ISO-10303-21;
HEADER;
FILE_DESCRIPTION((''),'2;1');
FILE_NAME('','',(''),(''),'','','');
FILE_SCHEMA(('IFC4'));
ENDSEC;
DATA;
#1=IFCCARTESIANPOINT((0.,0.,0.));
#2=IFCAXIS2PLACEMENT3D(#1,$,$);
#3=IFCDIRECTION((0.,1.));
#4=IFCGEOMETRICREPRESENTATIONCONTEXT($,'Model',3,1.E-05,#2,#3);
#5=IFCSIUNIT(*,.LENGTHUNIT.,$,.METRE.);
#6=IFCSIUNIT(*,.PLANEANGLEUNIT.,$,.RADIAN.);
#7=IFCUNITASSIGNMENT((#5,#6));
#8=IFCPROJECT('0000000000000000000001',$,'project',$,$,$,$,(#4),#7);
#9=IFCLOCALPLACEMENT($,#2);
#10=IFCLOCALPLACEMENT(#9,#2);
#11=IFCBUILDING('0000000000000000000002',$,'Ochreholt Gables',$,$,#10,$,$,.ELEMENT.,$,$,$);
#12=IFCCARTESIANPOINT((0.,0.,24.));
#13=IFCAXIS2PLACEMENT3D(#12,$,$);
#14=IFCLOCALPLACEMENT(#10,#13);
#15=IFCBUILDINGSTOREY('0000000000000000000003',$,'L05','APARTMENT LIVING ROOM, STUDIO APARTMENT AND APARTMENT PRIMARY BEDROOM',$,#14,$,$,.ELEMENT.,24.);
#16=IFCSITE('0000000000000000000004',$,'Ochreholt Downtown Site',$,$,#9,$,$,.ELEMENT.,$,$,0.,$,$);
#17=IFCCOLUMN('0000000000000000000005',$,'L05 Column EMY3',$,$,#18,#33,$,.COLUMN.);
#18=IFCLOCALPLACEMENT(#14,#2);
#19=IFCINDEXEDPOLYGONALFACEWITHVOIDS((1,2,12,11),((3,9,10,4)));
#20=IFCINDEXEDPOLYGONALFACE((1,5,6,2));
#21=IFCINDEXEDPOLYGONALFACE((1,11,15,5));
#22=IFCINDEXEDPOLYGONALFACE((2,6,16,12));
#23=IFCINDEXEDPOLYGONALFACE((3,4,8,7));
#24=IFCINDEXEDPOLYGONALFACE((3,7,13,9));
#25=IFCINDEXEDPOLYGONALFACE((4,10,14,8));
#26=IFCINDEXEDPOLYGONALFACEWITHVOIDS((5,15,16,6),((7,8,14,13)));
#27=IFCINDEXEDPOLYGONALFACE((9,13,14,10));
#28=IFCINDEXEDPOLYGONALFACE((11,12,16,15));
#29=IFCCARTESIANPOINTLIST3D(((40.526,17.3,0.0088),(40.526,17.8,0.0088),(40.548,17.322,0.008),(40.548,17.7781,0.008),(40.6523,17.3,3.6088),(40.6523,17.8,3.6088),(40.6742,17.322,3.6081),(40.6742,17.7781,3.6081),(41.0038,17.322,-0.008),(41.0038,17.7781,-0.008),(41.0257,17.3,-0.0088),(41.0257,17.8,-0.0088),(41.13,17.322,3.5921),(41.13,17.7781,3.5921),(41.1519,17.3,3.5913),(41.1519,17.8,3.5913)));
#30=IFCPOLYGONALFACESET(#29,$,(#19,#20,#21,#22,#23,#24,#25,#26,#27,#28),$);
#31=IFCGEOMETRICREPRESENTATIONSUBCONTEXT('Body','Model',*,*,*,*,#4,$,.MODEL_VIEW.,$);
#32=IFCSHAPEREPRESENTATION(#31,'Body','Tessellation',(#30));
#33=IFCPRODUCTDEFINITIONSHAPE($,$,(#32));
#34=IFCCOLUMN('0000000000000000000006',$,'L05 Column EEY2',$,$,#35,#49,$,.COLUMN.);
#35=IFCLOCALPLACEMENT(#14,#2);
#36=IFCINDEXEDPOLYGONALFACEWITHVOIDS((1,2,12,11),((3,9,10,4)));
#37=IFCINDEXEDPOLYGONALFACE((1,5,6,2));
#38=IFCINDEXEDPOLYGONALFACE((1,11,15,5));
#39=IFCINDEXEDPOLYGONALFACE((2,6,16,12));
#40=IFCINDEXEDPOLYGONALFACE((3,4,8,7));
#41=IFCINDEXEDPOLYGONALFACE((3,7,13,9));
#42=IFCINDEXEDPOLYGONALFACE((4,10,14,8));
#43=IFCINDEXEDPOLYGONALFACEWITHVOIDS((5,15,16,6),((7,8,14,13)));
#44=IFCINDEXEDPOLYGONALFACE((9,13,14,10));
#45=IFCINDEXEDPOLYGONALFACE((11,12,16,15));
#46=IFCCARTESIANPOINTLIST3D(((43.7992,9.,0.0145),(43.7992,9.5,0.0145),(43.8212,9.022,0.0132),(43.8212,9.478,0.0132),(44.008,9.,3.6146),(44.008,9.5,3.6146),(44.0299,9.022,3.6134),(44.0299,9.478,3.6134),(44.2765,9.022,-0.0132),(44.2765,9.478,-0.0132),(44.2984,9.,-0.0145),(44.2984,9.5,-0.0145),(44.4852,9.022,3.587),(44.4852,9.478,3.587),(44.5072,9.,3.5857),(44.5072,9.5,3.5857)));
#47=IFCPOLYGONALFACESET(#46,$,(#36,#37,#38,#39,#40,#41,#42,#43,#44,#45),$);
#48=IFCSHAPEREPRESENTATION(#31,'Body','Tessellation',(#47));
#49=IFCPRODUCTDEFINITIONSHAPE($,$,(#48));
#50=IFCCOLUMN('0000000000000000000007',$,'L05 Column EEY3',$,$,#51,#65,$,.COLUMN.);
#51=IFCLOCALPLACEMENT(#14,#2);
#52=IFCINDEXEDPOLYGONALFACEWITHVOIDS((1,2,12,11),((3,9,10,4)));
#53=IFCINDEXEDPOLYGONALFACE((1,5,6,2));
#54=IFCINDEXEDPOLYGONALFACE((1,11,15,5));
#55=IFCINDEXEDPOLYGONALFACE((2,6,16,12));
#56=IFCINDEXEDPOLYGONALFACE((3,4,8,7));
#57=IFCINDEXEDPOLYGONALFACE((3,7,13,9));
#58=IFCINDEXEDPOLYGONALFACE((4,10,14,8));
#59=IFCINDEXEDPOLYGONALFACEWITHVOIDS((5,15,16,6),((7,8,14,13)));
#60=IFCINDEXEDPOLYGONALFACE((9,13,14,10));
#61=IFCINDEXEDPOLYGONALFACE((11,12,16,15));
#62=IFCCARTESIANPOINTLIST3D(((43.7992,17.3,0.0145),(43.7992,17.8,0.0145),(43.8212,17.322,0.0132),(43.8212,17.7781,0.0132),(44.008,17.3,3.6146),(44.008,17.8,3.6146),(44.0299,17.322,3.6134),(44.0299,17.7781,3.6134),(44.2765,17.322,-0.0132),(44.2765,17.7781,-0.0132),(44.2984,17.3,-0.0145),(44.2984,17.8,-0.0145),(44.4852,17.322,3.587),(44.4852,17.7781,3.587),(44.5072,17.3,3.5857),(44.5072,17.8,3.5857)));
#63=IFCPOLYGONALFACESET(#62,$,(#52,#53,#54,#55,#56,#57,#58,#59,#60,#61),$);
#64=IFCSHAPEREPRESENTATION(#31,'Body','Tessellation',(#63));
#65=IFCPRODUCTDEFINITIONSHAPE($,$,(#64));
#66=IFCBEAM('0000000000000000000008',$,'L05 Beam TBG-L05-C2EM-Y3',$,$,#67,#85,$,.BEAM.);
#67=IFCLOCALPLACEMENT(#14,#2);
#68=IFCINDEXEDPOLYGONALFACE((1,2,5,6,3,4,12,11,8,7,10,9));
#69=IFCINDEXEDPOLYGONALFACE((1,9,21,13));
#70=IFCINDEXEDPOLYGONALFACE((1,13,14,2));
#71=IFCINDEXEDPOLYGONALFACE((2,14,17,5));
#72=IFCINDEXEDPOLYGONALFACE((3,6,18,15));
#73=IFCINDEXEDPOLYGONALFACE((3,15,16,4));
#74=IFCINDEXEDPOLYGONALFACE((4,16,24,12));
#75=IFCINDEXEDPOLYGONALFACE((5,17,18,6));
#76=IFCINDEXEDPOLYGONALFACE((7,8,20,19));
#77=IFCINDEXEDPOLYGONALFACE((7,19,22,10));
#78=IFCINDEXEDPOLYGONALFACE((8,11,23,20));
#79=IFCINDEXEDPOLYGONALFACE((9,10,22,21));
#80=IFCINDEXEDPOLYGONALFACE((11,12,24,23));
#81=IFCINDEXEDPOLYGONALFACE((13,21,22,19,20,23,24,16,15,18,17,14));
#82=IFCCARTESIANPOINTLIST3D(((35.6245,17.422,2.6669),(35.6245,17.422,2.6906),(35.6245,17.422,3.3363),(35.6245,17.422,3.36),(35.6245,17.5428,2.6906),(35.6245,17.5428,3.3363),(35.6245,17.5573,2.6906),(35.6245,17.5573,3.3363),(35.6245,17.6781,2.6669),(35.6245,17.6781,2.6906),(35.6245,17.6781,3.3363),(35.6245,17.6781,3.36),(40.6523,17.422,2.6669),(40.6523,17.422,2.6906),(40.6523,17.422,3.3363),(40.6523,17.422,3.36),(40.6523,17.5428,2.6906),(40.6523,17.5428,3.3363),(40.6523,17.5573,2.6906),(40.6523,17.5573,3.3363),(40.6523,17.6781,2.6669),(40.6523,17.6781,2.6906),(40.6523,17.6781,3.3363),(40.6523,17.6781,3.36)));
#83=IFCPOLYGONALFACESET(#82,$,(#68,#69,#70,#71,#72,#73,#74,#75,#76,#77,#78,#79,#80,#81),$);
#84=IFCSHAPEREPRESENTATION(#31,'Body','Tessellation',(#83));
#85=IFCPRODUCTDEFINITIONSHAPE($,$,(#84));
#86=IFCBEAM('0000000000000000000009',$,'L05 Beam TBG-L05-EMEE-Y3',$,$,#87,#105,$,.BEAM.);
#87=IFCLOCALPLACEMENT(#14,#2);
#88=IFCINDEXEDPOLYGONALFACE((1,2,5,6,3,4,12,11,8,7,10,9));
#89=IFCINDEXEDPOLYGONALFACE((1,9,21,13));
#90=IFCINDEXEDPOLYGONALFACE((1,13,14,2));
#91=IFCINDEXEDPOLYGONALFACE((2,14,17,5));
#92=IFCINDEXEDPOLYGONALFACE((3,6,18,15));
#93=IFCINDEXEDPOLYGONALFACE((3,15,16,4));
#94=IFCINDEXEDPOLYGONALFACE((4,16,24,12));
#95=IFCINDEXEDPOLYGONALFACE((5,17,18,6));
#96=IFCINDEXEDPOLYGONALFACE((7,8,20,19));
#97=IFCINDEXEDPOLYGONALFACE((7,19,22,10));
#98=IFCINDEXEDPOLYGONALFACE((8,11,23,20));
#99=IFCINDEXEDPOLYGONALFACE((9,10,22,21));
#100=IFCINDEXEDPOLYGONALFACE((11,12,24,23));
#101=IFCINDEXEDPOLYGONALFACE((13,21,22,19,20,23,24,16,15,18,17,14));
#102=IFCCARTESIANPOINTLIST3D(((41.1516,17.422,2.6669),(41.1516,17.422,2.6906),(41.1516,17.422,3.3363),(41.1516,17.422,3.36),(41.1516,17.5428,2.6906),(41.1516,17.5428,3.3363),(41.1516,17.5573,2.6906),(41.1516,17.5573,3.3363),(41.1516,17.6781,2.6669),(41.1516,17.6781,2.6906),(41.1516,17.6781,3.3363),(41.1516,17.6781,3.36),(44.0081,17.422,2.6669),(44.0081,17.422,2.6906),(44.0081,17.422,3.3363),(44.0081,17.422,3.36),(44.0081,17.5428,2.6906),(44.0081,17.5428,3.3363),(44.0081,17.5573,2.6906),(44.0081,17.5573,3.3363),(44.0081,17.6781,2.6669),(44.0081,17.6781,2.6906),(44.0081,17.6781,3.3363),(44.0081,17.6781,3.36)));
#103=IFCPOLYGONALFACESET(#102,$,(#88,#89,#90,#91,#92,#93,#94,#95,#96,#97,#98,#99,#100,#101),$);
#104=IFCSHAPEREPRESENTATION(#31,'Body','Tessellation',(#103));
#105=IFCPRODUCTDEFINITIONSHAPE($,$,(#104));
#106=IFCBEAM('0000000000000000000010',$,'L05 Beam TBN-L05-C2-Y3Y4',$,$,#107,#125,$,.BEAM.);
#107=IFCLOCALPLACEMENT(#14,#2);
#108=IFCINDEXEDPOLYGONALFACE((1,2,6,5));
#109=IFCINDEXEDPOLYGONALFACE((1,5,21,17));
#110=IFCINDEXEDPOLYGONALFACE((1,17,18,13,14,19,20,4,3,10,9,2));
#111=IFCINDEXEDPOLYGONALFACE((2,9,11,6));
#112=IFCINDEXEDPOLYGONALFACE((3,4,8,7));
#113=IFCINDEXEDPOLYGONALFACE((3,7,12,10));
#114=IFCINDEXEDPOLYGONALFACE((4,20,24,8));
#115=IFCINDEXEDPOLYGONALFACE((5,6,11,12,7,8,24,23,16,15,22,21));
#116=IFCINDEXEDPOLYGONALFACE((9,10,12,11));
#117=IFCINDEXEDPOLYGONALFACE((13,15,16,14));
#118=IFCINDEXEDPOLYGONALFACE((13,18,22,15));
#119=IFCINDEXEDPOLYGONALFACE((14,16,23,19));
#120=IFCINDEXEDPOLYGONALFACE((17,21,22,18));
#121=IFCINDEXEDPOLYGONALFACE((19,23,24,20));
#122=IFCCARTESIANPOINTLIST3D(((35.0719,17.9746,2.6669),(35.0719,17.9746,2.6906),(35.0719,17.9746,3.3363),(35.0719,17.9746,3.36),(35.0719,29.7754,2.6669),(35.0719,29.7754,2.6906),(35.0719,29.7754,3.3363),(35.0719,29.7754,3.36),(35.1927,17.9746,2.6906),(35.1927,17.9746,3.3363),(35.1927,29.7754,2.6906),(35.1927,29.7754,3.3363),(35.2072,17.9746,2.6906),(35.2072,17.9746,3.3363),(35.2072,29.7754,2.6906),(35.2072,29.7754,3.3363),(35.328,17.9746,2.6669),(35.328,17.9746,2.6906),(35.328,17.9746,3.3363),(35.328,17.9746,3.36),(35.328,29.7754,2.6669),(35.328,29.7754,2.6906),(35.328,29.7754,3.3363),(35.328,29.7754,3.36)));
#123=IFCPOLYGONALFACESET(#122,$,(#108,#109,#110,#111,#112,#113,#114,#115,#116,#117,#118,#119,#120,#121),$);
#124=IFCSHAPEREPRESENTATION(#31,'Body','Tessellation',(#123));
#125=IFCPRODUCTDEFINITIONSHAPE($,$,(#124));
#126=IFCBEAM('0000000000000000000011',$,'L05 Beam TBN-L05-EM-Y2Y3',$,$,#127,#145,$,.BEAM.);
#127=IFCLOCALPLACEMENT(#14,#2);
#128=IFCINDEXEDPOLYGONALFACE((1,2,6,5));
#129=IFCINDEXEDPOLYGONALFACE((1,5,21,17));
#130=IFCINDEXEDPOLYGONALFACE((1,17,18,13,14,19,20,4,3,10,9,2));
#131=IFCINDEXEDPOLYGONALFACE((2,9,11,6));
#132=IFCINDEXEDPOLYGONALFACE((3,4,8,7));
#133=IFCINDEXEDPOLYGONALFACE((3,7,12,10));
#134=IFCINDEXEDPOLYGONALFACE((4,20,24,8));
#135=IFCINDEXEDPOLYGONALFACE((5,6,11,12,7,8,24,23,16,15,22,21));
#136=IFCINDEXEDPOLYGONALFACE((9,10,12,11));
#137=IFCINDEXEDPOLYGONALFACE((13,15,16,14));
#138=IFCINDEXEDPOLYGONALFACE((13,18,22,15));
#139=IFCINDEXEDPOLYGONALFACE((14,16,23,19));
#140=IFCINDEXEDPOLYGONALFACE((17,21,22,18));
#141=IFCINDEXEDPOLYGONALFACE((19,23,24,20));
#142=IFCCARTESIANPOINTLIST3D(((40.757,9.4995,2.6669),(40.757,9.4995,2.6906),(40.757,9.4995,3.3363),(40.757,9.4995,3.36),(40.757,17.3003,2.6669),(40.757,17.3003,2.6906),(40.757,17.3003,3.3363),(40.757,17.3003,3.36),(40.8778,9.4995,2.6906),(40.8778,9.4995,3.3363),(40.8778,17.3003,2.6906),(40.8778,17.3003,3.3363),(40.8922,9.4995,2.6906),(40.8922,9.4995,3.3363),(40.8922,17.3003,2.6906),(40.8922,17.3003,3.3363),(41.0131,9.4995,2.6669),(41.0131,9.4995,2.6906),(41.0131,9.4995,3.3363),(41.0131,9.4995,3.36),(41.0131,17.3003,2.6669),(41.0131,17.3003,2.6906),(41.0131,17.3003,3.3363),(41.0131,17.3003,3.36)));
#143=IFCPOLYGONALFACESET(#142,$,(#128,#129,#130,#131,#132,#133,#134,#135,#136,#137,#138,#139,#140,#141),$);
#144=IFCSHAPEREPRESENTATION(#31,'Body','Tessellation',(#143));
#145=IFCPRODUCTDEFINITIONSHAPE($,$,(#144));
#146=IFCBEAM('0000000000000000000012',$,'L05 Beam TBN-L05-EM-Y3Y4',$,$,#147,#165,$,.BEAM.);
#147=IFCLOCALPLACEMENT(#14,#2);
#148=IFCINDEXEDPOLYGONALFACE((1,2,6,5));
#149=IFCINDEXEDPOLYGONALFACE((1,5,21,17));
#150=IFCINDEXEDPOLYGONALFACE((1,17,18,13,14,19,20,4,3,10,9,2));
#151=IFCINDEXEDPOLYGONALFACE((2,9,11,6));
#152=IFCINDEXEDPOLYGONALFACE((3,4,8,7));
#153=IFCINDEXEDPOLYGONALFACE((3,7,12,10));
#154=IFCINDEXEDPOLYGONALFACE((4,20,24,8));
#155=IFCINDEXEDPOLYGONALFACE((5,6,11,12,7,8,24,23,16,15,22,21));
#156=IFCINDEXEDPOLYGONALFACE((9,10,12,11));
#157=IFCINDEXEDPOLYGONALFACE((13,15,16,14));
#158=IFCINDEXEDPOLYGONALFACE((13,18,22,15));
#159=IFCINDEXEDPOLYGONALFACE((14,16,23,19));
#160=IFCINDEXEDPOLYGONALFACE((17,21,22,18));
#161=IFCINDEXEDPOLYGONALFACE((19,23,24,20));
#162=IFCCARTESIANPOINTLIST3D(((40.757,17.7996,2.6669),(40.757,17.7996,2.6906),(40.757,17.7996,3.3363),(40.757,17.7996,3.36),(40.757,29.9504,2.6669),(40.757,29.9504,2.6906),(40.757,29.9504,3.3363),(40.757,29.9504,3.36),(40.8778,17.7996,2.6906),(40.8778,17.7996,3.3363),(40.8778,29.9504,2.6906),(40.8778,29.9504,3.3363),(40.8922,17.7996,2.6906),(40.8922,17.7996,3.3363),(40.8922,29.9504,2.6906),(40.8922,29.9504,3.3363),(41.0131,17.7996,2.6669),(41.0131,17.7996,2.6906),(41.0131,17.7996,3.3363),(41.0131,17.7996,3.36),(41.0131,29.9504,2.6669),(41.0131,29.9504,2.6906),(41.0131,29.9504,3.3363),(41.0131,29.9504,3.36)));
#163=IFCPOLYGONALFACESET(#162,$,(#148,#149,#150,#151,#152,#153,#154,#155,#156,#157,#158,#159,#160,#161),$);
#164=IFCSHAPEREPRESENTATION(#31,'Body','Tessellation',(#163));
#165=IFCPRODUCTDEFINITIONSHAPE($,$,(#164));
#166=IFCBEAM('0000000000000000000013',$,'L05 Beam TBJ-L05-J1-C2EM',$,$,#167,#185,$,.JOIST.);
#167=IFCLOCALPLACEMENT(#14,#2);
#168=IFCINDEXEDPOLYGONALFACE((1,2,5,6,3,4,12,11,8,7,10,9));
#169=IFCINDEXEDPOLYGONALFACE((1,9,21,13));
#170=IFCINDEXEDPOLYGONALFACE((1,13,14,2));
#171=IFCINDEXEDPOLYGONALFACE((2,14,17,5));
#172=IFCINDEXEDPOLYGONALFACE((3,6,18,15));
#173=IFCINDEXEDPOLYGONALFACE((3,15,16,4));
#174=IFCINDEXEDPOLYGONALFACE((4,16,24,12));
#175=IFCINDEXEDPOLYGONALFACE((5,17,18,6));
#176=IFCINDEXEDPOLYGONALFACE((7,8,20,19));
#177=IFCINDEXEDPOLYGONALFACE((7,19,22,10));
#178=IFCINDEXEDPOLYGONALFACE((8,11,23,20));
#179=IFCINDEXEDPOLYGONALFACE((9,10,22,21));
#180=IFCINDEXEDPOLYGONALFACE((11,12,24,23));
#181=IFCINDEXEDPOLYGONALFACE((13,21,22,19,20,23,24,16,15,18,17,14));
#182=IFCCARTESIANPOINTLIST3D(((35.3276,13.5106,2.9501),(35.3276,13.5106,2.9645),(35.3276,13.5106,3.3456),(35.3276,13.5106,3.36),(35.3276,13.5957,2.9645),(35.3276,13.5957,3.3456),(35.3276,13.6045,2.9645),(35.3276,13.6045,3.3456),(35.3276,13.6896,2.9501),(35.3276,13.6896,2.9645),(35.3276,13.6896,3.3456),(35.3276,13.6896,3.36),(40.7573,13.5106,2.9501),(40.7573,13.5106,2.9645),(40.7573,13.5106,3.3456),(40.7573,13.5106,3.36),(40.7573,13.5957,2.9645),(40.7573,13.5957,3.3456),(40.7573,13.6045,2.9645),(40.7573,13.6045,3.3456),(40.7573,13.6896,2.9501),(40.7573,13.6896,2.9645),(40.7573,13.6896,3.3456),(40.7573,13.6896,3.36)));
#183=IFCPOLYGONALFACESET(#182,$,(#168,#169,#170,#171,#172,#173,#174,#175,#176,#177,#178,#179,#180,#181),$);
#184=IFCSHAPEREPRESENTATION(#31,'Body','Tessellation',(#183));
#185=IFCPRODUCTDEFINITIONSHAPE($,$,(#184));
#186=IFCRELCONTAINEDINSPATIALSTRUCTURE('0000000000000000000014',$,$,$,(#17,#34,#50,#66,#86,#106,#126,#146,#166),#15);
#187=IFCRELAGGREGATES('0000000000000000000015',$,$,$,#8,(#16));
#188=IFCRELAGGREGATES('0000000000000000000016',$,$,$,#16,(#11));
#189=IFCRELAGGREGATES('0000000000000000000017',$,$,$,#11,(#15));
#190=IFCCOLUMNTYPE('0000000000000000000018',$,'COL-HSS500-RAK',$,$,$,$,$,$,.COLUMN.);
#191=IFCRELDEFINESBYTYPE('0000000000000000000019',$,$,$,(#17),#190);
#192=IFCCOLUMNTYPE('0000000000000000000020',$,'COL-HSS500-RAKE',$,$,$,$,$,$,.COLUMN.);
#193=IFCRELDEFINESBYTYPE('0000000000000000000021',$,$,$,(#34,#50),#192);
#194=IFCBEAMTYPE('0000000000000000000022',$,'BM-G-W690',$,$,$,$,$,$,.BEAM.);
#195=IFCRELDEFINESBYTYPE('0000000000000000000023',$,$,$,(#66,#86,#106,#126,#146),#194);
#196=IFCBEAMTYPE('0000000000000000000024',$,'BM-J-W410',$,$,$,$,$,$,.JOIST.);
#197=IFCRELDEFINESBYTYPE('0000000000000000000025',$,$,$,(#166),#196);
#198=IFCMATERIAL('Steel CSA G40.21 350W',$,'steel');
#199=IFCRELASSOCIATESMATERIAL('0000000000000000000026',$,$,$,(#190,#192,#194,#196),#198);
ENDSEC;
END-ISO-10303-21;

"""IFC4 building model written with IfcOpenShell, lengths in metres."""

from ifc_helpers import new_model, si_unit, direction, frame, origin, origin_2d, place, context, subcontext, project, spatial, hollow_rectangle, i_section, extrude, material, material_profile, profile_set, type_object, element, save


model = new_model("IFC4")

# Units and contexts
model_context = context("Model", 3, precision=1e-05, world=origin(), true_north=direction((0.0, 1.0)))
body_context = subcontext(model_context, "Body", "Model", "MODEL_VIEW")
ifc_project = project(units=[si_unit("LENGTHUNIT", "METRE"), si_unit("PLANEANGLEUNIT", "RADIAN")], contexts=[model_context])

# Site, building, storey
site_placement = place(None, origin())
site = spatial("IfcSite", under=ifc_project, at=site_placement, Name="Ochreholt Downtown Site", CompositionType="ELEMENT", RefElevation=0.0)
building_placement = place(site_placement, origin())
building = spatial("IfcBuilding", under=site, at=building_placement, Name="Ochreholt Gables", CompositionType="ELEMENT")
storey_placement = place(building_placement, frame((0.0, 0.0, 24.0)))
storey = spatial("IfcBuildingStorey", under=building, at=storey_placement, Name="L05", Description="APARTMENT LIVING ROOM, STUDIO APARTMENT AND APARTMENT PRIMARY BEDROOM", CompositionType="ELEMENT", Elevation=24.0)

# Columns
ifc_material_1 = material(Name="Steel CSA G40.21 350W", Category="steel")
ifc_material_profile_1 = material_profile(ifc_material_1, hollow_rectangle(XDim=0.5, YDim=0.5, WallThickness=0.022, at=origin_2d()), Name="HSS500X500X22")
ifc_profile_set_1 = profile_set([ifc_material_profile_1], Name="Steel CSA G40.21 350W")
column_type_1 = type_object("IfcColumnType", Name="COL-HSS500-RAK", PredefinedType="COLUMN", material=ifc_profile_set_1)
column_placement = place(storey_placement, frame((40.7759, 17.55, 0.0), z_axis=(0.035039, 0.0, 0.999386), x_axis=(0.0, 1.0, 0.0)))
element("IfcColumn", 1, at=column_placement, inside=storey, type_object=column_type_1, Name="L05 Column EMY3", PredefinedType="COLUMN", context=body_context, shape_type="SweptSolid", body=[
    extrude(hollow_rectangle(XDim=0.5, YDim=0.5, WallThickness=0.022, at=origin_2d()), origin(), (0.0, 0.0, 1.0), 3.6023),
])
ifc_material_profile_2 = material_profile(ifc_material_1, hollow_rectangle(XDim=0.5, YDim=0.5, WallThickness=0.022, at=origin_2d()), Name="HSS500X500X22")
ifc_profile_set_2 = profile_set([ifc_material_profile_2], Name="Steel CSA G40.21 350W")
column_type_2 = type_object("IfcColumnType", Name="COL-HSS500-RAKE", PredefinedType="COLUMN", material=ifc_profile_set_2)
for number, where, z_axis, x_axis, name in (
    (2, (44.0488, 9.25, 0.0), (0.057885, 0.0, 0.998323), (0.0, 1.0, 0.0), "L05 Column EEY2"),
    (3, (44.0488, 17.55, 0.0), (0.057885, 0.0, 0.998323), (0.0, 1.0, 0.0), "L05 Column EEY3"),
):
    element("IfcColumn", number, at=place(storey_placement, frame(where, z_axis=z_axis, x_axis=x_axis)), inside=storey, type_object=column_type_2, Name=name, PredefinedType="COLUMN", context=body_context, shape_type="SweptSolid", body=[
        extrude(hollow_rectangle(XDim=0.5, YDim=0.5, WallThickness=0.022, at=origin_2d()), origin(), (0.0, 0.0, 1.0), 3.6062),
    ])

# Beams
ifc_material_profile_3 = material_profile(ifc_material_1, i_section(OverallWidth=0.2561, OverallDepth=0.6931, WebThickness=0.0144, FlangeThickness=0.0237, at=origin_2d()), Name="W690X170")
ifc_profile_set_3 = profile_set([ifc_material_profile_3], Name="Steel CSA G40.21 350W")
beam_type_1 = type_object("IfcBeamType", Name="BM-G-W690", PredefinedType="BEAM", material=ifc_profile_set_3)
beam_1_placement = place(storey_placement, frame((35.6245, 17.55, 3.0134), z_axis=(1.0, 0.0, 0.0), x_axis=(0.0, 1.0, 0.0)))
element("IfcBeam", 4, at=beam_1_placement, inside=storey, type_object=beam_type_1, Name="L05 Beam TBG-L05-C2EM-Y3", PredefinedType="BEAM", context=body_context, shape_type="SweptSolid", body=[
    extrude(i_section(OverallWidth=0.2561, OverallDepth=0.6931, WebThickness=0.0144, FlangeThickness=0.0237, at=origin_2d()), origin(), (0.0, 0.0, 1.0), 5.0278),
])
beam_2_placement = place(storey_placement, frame((41.1516, 17.55, 3.0134), z_axis=(1.0, 0.0, 0.0), x_axis=(0.0, 1.0, 0.0)))
element("IfcBeam", 5, at=beam_2_placement, inside=storey, type_object=beam_type_1, Name="L05 Beam TBG-L05-EMEE-Y3", PredefinedType="BEAM", context=body_context, shape_type="SweptSolid", body=[
    extrude(i_section(OverallWidth=0.2561, OverallDepth=0.6931, WebThickness=0.0144, FlangeThickness=0.0237, at=origin_2d()), origin(), (0.0, 0.0, 1.0), 2.8564),
])
beam_3_placement = place(storey_placement, frame((35.2, 17.9746, 3.0134), z_axis=(0.0, 1.0, 0.0), x_axis=(-1.0, 0.0, 0.0)))
element("IfcBeam", 6, at=beam_3_placement, inside=storey, type_object=beam_type_1, Name="L05 Beam TBN-L05-C2-Y3Y4", PredefinedType="BEAM", context=body_context, shape_type="SweptSolid", body=[
    extrude(i_section(OverallWidth=0.2561, OverallDepth=0.6931, WebThickness=0.0144, FlangeThickness=0.0237, at=origin_2d()), origin(), (0.0, 0.0, 1.0), 11.8008),
])
beam_4_placement = place(storey_placement, frame((40.885, 9.4995, 3.0134), z_axis=(0.0, 1.0, 0.0), x_axis=(-1.0, 0.0, 0.0)))
element("IfcBeam", 7, at=beam_4_placement, inside=storey, type_object=beam_type_1, Name="L05 Beam TBN-L05-EM-Y2Y3", PredefinedType="BEAM", context=body_context, shape_type="SweptSolid", body=[
    extrude(i_section(OverallWidth=0.2561, OverallDepth=0.6931, WebThickness=0.0144, FlangeThickness=0.0237, at=origin_2d()), origin(), (0.0, 0.0, 1.0), 7.8008),
])
beam_5_placement = place(storey_placement, frame((40.885, 17.7996, 3.0134), z_axis=(0.0, 1.0, 0.0), x_axis=(-1.0, 0.0, 0.0)))
element("IfcBeam", 8, at=beam_5_placement, inside=storey, type_object=beam_type_1, Name="L05 Beam TBN-L05-EM-Y3Y4", PredefinedType="BEAM", context=body_context, shape_type="SweptSolid", body=[
    extrude(i_section(OverallWidth=0.2561, OverallDepth=0.6931, WebThickness=0.0144, FlangeThickness=0.0237, at=origin_2d()), origin(), (0.0, 0.0, 1.0), 12.1509),
])
ifc_material_profile_4 = material_profile(ifc_material_1, i_section(OverallWidth=0.179, OverallDepth=0.4099, WebThickness=0.0088, FlangeThickness=0.0144, at=origin_2d()), Name="W410X67")
ifc_profile_set_4 = profile_set([ifc_material_profile_4], Name="Steel CSA G40.21 350W")
beam_type_2 = type_object("IfcBeamType", Name="BM-J-W410", PredefinedType="JOIST", material=ifc_profile_set_4)
beam_6_placement = place(storey_placement, frame((35.3276, 13.6001, 3.155), z_axis=(1.0, 0.0, 0.0), x_axis=(0.0, 1.0, 0.0)))
element("IfcBeam", 9, at=beam_6_placement, inside=storey, type_object=beam_type_2, Name="L05 Beam TBJ-L05-J1-C2EM", PredefinedType="JOIST", context=body_context, shape_type="SweptSolid", body=[
    extrude(i_section(OverallWidth=0.179, OverallDepth=0.4099, WebThickness=0.0088, FlangeThickness=0.0144, at=origin_2d()), origin(), (0.0, 0.0, 1.0), 5.4297),
])

save(model, "model.ifc")
